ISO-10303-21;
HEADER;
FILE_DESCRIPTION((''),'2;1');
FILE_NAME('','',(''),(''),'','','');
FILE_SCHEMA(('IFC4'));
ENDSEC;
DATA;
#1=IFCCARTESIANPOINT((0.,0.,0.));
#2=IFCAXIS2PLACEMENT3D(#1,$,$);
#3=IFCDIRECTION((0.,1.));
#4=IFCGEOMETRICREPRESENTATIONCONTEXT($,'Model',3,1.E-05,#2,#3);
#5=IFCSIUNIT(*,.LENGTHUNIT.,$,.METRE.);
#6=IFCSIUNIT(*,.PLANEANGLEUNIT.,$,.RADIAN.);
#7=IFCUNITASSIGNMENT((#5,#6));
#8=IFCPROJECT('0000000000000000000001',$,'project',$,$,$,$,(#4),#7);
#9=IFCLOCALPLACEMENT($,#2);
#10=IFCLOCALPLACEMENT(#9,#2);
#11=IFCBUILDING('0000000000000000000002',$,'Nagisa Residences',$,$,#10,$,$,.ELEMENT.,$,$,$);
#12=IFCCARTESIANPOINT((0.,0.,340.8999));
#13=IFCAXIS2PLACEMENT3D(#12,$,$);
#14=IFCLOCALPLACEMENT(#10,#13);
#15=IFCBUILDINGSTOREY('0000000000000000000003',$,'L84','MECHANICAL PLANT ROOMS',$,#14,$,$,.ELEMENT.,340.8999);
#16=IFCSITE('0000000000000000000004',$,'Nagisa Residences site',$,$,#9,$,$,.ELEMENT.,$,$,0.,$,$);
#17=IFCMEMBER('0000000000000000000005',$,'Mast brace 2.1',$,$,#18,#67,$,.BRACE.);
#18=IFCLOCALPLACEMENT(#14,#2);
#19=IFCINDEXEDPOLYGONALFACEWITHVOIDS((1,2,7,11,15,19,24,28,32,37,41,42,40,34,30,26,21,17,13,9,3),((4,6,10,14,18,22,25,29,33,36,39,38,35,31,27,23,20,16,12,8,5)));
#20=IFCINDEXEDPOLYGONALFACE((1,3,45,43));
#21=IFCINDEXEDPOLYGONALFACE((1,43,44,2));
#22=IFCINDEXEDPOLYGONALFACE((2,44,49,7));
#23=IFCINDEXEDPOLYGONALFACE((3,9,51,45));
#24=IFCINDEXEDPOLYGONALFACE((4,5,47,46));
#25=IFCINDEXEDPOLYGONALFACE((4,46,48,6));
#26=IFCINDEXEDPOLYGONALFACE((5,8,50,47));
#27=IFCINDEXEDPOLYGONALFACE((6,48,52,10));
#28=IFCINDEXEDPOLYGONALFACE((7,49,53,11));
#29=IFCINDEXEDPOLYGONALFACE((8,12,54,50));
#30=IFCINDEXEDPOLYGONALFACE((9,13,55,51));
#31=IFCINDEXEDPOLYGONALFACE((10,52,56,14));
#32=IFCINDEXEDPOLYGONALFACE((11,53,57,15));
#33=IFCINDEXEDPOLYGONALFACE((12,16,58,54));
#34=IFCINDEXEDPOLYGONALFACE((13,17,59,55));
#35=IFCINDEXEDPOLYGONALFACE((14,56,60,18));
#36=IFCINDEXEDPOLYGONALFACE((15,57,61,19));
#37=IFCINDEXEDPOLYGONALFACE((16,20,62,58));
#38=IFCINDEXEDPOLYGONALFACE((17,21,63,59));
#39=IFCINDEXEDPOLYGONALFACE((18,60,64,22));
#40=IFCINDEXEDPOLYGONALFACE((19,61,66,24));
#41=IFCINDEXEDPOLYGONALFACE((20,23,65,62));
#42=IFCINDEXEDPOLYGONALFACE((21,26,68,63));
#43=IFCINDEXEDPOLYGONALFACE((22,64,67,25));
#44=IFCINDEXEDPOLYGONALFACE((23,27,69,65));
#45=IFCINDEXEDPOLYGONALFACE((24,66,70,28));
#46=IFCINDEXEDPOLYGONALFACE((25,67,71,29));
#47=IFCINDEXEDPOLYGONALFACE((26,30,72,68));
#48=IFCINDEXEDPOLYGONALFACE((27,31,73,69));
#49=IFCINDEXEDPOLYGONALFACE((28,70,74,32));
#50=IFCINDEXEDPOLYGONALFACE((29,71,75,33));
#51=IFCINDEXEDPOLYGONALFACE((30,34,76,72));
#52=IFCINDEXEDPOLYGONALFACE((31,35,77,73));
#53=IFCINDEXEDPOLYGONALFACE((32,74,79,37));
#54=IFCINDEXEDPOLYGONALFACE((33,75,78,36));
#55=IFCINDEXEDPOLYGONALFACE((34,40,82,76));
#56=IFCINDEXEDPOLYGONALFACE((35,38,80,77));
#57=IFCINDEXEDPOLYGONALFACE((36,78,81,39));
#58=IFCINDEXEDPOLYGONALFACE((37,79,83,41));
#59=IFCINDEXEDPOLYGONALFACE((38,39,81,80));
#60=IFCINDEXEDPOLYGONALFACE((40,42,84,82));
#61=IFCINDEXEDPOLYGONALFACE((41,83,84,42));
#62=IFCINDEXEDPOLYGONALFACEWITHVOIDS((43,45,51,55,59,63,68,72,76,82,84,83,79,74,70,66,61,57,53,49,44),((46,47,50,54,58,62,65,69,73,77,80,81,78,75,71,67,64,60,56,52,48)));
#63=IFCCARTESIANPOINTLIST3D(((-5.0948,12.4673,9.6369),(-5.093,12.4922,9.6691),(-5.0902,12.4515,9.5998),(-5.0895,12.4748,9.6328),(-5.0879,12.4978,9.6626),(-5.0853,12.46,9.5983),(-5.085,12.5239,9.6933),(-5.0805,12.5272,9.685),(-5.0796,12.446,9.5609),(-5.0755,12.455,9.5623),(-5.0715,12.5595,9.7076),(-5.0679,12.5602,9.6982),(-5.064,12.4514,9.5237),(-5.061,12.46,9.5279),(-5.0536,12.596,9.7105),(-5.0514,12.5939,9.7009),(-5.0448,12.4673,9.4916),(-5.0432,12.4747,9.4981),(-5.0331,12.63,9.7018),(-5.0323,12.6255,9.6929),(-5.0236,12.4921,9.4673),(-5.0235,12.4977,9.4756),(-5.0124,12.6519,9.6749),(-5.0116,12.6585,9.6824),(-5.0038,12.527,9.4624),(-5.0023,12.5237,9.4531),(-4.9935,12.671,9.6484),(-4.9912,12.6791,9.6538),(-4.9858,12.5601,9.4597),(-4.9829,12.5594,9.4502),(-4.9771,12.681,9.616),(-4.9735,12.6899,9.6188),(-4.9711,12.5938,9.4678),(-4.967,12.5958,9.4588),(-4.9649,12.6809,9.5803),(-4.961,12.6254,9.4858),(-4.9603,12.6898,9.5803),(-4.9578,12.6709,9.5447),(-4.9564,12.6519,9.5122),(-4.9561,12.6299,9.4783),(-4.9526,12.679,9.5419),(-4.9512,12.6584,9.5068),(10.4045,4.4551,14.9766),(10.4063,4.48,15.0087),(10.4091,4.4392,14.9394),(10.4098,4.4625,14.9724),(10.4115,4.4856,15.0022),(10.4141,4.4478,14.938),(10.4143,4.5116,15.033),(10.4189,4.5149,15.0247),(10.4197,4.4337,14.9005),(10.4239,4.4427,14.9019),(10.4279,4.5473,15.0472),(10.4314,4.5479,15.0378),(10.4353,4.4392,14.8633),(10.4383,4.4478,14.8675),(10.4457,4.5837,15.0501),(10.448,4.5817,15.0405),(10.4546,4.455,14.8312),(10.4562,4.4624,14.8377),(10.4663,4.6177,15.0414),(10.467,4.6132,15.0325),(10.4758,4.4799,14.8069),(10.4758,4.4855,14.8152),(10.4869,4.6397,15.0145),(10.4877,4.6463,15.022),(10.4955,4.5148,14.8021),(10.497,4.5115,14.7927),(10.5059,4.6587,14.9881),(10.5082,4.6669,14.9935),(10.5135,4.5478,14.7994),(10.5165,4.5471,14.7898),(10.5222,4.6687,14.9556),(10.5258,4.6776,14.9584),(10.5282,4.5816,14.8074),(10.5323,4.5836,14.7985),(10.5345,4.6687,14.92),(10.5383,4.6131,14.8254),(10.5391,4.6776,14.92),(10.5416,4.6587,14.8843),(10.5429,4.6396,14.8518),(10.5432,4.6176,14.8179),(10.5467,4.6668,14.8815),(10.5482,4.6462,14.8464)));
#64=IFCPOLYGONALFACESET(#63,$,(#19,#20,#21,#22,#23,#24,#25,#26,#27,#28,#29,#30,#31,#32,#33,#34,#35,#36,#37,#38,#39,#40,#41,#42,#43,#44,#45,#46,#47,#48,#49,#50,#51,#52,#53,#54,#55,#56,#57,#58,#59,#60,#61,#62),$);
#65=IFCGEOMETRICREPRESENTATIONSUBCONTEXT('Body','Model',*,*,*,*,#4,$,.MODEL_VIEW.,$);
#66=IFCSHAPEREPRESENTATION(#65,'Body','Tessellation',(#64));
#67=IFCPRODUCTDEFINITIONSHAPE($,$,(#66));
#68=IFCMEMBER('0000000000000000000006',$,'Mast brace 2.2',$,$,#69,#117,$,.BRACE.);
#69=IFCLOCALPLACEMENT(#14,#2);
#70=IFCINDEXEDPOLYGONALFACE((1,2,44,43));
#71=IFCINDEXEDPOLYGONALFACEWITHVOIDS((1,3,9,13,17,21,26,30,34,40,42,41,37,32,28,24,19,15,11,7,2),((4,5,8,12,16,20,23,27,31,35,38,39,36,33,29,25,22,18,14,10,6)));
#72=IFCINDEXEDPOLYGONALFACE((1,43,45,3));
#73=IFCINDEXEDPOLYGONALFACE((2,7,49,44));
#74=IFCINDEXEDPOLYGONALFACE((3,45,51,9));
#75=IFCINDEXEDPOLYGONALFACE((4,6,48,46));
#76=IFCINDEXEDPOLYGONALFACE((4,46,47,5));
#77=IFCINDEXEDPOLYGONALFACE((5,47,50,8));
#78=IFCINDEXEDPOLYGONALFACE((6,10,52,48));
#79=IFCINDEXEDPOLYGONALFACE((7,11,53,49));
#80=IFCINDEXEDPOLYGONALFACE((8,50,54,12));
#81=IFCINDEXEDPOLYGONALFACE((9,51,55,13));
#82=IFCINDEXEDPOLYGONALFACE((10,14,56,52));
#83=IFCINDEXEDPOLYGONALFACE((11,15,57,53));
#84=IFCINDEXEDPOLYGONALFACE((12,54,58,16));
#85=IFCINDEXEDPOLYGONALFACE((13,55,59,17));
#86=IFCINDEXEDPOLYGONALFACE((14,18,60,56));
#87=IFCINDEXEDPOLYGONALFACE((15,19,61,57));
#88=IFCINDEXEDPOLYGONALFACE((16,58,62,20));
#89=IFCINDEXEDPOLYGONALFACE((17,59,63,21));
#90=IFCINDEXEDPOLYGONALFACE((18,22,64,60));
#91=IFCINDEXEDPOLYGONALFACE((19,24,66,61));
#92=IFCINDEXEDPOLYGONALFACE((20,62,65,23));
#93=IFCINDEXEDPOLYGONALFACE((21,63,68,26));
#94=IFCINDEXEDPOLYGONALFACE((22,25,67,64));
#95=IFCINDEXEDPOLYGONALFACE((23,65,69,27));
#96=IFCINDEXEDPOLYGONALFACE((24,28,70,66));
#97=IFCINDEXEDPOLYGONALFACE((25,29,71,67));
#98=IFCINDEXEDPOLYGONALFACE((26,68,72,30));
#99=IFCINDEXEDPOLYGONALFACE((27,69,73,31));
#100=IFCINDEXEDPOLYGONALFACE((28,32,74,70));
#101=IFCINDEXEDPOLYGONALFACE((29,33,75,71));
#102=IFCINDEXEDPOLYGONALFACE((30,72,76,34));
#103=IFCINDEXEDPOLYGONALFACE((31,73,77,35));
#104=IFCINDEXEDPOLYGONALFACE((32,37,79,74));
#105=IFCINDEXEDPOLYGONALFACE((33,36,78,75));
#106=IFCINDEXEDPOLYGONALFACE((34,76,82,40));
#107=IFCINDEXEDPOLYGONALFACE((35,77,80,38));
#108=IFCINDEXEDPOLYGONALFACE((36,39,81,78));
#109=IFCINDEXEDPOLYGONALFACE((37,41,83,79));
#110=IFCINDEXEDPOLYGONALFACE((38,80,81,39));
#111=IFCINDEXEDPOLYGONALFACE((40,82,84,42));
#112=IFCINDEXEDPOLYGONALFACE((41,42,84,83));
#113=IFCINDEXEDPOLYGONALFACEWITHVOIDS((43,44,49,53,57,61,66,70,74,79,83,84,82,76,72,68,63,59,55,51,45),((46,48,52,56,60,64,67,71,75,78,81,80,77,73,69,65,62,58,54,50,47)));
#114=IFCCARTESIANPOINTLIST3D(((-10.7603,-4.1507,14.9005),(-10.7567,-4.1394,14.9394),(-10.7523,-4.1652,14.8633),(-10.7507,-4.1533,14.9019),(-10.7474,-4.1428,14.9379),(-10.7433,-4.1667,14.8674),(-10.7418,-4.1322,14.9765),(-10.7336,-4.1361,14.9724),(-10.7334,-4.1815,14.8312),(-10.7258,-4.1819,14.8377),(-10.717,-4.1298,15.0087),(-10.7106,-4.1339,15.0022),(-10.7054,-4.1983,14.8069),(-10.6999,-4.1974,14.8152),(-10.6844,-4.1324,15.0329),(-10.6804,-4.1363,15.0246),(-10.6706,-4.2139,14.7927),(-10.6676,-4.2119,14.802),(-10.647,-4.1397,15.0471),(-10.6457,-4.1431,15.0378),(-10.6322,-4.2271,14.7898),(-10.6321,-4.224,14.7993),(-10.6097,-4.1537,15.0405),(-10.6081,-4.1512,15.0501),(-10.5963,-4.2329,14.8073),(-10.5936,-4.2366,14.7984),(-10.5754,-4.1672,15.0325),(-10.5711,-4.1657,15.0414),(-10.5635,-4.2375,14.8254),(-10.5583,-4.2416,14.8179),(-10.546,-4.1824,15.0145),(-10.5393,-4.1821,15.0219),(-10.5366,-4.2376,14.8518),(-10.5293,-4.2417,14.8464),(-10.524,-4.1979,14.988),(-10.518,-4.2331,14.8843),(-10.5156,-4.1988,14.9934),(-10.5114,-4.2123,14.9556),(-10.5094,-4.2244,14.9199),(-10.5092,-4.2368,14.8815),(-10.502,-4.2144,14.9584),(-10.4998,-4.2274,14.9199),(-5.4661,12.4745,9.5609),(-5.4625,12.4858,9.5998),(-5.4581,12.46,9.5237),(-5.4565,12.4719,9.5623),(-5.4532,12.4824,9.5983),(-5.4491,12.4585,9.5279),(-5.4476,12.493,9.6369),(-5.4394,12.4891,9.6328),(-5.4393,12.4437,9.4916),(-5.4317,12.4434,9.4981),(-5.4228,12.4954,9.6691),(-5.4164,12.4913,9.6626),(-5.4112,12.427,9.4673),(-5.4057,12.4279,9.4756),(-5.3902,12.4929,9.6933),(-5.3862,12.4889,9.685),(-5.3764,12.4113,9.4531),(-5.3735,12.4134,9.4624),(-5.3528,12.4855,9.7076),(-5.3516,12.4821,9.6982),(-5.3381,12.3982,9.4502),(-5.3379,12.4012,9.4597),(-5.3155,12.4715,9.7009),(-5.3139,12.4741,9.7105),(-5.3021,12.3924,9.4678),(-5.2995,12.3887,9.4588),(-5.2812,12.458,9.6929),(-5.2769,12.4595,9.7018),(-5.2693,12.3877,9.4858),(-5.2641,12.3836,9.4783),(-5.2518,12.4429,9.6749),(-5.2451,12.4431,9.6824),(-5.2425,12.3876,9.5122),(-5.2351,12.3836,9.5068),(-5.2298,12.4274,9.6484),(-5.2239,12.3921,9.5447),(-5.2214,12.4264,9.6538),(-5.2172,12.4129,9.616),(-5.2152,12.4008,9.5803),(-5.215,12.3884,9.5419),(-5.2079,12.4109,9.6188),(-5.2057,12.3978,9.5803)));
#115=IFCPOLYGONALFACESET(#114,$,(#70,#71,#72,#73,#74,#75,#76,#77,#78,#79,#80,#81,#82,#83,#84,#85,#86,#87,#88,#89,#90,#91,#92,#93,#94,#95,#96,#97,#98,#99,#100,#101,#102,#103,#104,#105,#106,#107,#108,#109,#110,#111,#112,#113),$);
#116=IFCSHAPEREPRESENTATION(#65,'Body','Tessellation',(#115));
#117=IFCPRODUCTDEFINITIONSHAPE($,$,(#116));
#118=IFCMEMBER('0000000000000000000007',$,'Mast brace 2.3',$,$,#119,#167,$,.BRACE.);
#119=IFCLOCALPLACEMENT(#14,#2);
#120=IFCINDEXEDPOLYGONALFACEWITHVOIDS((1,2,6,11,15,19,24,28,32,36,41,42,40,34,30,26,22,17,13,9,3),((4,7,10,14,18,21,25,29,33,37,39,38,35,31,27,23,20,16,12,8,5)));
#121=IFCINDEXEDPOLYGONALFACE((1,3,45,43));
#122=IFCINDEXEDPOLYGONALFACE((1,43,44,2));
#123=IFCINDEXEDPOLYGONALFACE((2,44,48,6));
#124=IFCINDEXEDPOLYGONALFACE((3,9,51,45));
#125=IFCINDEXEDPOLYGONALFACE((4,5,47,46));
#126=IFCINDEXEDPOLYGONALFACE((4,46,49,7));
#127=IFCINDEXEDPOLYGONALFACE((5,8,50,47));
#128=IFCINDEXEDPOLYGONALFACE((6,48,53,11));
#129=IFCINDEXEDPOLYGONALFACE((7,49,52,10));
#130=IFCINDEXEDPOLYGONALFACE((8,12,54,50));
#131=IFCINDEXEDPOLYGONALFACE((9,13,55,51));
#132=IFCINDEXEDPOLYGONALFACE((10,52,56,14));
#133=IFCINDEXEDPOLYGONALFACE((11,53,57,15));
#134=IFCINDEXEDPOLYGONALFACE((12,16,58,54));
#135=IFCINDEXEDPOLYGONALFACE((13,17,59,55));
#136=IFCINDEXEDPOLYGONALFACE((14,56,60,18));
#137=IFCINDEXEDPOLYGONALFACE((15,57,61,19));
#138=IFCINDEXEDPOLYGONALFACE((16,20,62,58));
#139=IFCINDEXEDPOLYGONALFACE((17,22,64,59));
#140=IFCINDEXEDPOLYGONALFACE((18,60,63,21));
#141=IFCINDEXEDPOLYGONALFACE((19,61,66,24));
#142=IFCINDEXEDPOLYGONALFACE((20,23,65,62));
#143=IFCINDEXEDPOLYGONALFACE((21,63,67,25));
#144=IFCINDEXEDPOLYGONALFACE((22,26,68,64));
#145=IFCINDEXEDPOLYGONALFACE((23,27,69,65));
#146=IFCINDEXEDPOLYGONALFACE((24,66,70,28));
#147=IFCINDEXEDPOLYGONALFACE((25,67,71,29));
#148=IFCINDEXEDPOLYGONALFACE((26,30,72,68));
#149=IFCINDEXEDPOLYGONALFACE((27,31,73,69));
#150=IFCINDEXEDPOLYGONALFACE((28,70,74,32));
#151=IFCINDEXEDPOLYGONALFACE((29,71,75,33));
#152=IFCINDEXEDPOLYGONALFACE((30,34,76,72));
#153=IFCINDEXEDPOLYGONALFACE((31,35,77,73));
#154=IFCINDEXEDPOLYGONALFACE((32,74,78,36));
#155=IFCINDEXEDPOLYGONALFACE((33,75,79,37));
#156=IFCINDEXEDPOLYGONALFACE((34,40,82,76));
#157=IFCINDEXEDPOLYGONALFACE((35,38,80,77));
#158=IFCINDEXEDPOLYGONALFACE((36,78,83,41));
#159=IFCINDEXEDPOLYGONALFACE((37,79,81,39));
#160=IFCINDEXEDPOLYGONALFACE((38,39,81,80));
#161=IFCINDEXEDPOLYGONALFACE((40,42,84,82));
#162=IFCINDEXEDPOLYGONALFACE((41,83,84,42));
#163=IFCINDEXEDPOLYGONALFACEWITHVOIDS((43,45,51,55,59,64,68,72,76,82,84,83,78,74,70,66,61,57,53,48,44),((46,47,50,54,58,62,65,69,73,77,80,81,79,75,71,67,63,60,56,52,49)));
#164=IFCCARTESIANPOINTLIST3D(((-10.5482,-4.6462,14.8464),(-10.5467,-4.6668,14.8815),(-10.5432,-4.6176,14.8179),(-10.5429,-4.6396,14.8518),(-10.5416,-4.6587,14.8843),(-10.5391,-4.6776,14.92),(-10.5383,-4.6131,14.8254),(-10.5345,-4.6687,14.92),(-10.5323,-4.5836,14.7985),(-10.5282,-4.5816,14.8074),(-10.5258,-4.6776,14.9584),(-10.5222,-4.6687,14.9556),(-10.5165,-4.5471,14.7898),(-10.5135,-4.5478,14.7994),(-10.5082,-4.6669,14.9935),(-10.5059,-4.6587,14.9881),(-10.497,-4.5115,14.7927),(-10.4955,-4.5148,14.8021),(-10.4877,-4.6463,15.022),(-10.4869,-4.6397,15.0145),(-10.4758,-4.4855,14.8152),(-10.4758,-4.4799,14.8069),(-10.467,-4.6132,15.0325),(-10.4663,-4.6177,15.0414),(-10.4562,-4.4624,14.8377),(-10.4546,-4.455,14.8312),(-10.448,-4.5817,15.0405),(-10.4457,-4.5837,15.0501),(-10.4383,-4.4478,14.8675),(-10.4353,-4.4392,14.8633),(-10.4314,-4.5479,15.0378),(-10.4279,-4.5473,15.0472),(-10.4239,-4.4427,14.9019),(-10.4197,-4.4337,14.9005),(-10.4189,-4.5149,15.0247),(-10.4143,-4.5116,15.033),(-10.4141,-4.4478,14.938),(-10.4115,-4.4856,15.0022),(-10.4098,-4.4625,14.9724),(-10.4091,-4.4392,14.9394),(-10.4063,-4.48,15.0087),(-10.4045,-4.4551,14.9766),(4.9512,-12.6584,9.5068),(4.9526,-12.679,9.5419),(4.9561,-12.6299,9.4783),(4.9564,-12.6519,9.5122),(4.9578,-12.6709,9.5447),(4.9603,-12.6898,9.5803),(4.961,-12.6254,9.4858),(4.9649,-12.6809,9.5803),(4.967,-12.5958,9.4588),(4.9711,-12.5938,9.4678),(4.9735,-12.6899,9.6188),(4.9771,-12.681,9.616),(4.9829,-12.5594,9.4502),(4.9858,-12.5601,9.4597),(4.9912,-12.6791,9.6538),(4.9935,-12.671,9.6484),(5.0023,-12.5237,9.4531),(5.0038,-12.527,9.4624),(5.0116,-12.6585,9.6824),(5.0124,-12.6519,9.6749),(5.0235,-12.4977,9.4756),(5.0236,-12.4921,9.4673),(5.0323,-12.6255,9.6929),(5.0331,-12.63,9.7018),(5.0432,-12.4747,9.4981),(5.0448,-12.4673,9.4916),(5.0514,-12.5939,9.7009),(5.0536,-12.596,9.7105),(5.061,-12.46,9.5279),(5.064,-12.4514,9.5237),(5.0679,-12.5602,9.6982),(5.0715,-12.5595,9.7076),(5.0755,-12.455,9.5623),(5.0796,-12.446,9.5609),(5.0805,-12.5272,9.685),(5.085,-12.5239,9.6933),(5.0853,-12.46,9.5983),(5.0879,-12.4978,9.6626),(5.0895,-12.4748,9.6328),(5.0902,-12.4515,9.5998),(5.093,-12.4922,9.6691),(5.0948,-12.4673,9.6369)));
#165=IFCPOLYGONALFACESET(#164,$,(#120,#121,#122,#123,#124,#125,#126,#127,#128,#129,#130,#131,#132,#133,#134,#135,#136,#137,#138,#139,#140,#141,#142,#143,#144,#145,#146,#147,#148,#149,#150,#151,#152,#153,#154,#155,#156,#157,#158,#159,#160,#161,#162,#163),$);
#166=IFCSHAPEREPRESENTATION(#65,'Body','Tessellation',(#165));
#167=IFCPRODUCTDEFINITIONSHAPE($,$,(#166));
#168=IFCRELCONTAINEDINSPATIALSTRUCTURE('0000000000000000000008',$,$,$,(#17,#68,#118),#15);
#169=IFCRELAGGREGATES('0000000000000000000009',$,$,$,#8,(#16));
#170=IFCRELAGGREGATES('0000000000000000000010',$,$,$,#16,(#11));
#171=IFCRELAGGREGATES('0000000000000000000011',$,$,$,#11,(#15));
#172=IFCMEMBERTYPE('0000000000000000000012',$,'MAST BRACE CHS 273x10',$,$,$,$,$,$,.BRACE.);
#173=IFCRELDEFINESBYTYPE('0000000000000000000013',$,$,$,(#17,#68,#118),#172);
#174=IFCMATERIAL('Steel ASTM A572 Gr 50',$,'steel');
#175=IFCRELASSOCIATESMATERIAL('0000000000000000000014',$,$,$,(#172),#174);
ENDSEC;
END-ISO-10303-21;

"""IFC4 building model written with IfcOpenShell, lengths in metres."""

from ifc_helpers import new_model, si_unit, direction, frame, origin, origin_2d, place, context, subcontext, project, spatial, hollow_circle, extrude, material, material_profile, profile_set, type_object, element, save


model = new_model("IFC4")

# Units and contexts
model_context = context("Model", 3, precision=1e-05, world=origin(), true_north=direction((0.0, 1.0)))
body_context = subcontext(model_context, "Body", "Model", "MODEL_VIEW")
ifc_project = project(units=[si_unit("LENGTHUNIT", "METRE"), si_unit("PLANEANGLEUNIT", "RADIAN")], contexts=[model_context])

# Site, building, storey
site_placement = place(None, origin())
site = spatial("IfcSite", under=ifc_project, at=site_placement, Name="Nagisa Residences site", CompositionType="ELEMENT", RefElevation=0.0)
building_placement = place(site_placement, origin())
building = spatial("IfcBuilding", under=site, at=building_placement, Name="Nagisa Residences", CompositionType="ELEMENT")
storey_placement = place(building_placement, frame((0.0, 0.0, 340.8999)))
storey = spatial("IfcBuildingStorey", under=building, at=storey_placement, Name="L84", Description="MECHANICAL PLANT ROOMS", CompositionType="ELEMENT", Elevation=340.8999)

# Members
ifc_material_1 = material(Name="Steel ASTM A572 Gr 50", Category="steel")
ifc_material_profile_1 = material_profile(ifc_material_1, hollow_circle(Radius=0.1365, WallThickness=0.01, at=origin_2d()), Name="MAST BRACE CHS 273x10")
ifc_profile_set_1 = profile_set([ifc_material_profile_1], Name="Steel ASTM A572 Gr 50")
member_type_1 = type_object("IfcMemberType", Name="MAST BRACE CHS 273x10", PredefinedType="BRACE", material=ifc_profile_set_1)
for number, where, z_axis, x_axis, name in (
    (1, (-5.0229, 12.5686, 9.5803), (0.849439, -0.43911, 0.292637), (0.459212, 0.888327, 0.0), "Mast brace 2.1"),
    (2, (-5.3357, 12.4392, 9.5803), (-0.290147, -0.911142, 0.292635), (0.952854, -0.303429, 0.0), "Mast brace 2.2"),
    (3, (5.0229, -12.5686, 9.5803), (-0.849439, 0.43911, 0.292637), (-0.459212, -0.888327, 0.0), "Mast brace 2.3"),
):
    element("IfcMember", number, at=place(storey_placement, frame(where, z_axis=z_axis, x_axis=x_axis)), inside=storey, type_object=member_type_1, Name=name, PredefinedType="BRACE", context=body_context, shape_type="SweptSolid", body=[
        extrude(hollow_circle(Radius=0.1365, WallThickness=0.01, at=origin_2d()), origin(), (0.0, 0.0, 1.0), 18.2466),
    ])

save(model, "model.ifc")
